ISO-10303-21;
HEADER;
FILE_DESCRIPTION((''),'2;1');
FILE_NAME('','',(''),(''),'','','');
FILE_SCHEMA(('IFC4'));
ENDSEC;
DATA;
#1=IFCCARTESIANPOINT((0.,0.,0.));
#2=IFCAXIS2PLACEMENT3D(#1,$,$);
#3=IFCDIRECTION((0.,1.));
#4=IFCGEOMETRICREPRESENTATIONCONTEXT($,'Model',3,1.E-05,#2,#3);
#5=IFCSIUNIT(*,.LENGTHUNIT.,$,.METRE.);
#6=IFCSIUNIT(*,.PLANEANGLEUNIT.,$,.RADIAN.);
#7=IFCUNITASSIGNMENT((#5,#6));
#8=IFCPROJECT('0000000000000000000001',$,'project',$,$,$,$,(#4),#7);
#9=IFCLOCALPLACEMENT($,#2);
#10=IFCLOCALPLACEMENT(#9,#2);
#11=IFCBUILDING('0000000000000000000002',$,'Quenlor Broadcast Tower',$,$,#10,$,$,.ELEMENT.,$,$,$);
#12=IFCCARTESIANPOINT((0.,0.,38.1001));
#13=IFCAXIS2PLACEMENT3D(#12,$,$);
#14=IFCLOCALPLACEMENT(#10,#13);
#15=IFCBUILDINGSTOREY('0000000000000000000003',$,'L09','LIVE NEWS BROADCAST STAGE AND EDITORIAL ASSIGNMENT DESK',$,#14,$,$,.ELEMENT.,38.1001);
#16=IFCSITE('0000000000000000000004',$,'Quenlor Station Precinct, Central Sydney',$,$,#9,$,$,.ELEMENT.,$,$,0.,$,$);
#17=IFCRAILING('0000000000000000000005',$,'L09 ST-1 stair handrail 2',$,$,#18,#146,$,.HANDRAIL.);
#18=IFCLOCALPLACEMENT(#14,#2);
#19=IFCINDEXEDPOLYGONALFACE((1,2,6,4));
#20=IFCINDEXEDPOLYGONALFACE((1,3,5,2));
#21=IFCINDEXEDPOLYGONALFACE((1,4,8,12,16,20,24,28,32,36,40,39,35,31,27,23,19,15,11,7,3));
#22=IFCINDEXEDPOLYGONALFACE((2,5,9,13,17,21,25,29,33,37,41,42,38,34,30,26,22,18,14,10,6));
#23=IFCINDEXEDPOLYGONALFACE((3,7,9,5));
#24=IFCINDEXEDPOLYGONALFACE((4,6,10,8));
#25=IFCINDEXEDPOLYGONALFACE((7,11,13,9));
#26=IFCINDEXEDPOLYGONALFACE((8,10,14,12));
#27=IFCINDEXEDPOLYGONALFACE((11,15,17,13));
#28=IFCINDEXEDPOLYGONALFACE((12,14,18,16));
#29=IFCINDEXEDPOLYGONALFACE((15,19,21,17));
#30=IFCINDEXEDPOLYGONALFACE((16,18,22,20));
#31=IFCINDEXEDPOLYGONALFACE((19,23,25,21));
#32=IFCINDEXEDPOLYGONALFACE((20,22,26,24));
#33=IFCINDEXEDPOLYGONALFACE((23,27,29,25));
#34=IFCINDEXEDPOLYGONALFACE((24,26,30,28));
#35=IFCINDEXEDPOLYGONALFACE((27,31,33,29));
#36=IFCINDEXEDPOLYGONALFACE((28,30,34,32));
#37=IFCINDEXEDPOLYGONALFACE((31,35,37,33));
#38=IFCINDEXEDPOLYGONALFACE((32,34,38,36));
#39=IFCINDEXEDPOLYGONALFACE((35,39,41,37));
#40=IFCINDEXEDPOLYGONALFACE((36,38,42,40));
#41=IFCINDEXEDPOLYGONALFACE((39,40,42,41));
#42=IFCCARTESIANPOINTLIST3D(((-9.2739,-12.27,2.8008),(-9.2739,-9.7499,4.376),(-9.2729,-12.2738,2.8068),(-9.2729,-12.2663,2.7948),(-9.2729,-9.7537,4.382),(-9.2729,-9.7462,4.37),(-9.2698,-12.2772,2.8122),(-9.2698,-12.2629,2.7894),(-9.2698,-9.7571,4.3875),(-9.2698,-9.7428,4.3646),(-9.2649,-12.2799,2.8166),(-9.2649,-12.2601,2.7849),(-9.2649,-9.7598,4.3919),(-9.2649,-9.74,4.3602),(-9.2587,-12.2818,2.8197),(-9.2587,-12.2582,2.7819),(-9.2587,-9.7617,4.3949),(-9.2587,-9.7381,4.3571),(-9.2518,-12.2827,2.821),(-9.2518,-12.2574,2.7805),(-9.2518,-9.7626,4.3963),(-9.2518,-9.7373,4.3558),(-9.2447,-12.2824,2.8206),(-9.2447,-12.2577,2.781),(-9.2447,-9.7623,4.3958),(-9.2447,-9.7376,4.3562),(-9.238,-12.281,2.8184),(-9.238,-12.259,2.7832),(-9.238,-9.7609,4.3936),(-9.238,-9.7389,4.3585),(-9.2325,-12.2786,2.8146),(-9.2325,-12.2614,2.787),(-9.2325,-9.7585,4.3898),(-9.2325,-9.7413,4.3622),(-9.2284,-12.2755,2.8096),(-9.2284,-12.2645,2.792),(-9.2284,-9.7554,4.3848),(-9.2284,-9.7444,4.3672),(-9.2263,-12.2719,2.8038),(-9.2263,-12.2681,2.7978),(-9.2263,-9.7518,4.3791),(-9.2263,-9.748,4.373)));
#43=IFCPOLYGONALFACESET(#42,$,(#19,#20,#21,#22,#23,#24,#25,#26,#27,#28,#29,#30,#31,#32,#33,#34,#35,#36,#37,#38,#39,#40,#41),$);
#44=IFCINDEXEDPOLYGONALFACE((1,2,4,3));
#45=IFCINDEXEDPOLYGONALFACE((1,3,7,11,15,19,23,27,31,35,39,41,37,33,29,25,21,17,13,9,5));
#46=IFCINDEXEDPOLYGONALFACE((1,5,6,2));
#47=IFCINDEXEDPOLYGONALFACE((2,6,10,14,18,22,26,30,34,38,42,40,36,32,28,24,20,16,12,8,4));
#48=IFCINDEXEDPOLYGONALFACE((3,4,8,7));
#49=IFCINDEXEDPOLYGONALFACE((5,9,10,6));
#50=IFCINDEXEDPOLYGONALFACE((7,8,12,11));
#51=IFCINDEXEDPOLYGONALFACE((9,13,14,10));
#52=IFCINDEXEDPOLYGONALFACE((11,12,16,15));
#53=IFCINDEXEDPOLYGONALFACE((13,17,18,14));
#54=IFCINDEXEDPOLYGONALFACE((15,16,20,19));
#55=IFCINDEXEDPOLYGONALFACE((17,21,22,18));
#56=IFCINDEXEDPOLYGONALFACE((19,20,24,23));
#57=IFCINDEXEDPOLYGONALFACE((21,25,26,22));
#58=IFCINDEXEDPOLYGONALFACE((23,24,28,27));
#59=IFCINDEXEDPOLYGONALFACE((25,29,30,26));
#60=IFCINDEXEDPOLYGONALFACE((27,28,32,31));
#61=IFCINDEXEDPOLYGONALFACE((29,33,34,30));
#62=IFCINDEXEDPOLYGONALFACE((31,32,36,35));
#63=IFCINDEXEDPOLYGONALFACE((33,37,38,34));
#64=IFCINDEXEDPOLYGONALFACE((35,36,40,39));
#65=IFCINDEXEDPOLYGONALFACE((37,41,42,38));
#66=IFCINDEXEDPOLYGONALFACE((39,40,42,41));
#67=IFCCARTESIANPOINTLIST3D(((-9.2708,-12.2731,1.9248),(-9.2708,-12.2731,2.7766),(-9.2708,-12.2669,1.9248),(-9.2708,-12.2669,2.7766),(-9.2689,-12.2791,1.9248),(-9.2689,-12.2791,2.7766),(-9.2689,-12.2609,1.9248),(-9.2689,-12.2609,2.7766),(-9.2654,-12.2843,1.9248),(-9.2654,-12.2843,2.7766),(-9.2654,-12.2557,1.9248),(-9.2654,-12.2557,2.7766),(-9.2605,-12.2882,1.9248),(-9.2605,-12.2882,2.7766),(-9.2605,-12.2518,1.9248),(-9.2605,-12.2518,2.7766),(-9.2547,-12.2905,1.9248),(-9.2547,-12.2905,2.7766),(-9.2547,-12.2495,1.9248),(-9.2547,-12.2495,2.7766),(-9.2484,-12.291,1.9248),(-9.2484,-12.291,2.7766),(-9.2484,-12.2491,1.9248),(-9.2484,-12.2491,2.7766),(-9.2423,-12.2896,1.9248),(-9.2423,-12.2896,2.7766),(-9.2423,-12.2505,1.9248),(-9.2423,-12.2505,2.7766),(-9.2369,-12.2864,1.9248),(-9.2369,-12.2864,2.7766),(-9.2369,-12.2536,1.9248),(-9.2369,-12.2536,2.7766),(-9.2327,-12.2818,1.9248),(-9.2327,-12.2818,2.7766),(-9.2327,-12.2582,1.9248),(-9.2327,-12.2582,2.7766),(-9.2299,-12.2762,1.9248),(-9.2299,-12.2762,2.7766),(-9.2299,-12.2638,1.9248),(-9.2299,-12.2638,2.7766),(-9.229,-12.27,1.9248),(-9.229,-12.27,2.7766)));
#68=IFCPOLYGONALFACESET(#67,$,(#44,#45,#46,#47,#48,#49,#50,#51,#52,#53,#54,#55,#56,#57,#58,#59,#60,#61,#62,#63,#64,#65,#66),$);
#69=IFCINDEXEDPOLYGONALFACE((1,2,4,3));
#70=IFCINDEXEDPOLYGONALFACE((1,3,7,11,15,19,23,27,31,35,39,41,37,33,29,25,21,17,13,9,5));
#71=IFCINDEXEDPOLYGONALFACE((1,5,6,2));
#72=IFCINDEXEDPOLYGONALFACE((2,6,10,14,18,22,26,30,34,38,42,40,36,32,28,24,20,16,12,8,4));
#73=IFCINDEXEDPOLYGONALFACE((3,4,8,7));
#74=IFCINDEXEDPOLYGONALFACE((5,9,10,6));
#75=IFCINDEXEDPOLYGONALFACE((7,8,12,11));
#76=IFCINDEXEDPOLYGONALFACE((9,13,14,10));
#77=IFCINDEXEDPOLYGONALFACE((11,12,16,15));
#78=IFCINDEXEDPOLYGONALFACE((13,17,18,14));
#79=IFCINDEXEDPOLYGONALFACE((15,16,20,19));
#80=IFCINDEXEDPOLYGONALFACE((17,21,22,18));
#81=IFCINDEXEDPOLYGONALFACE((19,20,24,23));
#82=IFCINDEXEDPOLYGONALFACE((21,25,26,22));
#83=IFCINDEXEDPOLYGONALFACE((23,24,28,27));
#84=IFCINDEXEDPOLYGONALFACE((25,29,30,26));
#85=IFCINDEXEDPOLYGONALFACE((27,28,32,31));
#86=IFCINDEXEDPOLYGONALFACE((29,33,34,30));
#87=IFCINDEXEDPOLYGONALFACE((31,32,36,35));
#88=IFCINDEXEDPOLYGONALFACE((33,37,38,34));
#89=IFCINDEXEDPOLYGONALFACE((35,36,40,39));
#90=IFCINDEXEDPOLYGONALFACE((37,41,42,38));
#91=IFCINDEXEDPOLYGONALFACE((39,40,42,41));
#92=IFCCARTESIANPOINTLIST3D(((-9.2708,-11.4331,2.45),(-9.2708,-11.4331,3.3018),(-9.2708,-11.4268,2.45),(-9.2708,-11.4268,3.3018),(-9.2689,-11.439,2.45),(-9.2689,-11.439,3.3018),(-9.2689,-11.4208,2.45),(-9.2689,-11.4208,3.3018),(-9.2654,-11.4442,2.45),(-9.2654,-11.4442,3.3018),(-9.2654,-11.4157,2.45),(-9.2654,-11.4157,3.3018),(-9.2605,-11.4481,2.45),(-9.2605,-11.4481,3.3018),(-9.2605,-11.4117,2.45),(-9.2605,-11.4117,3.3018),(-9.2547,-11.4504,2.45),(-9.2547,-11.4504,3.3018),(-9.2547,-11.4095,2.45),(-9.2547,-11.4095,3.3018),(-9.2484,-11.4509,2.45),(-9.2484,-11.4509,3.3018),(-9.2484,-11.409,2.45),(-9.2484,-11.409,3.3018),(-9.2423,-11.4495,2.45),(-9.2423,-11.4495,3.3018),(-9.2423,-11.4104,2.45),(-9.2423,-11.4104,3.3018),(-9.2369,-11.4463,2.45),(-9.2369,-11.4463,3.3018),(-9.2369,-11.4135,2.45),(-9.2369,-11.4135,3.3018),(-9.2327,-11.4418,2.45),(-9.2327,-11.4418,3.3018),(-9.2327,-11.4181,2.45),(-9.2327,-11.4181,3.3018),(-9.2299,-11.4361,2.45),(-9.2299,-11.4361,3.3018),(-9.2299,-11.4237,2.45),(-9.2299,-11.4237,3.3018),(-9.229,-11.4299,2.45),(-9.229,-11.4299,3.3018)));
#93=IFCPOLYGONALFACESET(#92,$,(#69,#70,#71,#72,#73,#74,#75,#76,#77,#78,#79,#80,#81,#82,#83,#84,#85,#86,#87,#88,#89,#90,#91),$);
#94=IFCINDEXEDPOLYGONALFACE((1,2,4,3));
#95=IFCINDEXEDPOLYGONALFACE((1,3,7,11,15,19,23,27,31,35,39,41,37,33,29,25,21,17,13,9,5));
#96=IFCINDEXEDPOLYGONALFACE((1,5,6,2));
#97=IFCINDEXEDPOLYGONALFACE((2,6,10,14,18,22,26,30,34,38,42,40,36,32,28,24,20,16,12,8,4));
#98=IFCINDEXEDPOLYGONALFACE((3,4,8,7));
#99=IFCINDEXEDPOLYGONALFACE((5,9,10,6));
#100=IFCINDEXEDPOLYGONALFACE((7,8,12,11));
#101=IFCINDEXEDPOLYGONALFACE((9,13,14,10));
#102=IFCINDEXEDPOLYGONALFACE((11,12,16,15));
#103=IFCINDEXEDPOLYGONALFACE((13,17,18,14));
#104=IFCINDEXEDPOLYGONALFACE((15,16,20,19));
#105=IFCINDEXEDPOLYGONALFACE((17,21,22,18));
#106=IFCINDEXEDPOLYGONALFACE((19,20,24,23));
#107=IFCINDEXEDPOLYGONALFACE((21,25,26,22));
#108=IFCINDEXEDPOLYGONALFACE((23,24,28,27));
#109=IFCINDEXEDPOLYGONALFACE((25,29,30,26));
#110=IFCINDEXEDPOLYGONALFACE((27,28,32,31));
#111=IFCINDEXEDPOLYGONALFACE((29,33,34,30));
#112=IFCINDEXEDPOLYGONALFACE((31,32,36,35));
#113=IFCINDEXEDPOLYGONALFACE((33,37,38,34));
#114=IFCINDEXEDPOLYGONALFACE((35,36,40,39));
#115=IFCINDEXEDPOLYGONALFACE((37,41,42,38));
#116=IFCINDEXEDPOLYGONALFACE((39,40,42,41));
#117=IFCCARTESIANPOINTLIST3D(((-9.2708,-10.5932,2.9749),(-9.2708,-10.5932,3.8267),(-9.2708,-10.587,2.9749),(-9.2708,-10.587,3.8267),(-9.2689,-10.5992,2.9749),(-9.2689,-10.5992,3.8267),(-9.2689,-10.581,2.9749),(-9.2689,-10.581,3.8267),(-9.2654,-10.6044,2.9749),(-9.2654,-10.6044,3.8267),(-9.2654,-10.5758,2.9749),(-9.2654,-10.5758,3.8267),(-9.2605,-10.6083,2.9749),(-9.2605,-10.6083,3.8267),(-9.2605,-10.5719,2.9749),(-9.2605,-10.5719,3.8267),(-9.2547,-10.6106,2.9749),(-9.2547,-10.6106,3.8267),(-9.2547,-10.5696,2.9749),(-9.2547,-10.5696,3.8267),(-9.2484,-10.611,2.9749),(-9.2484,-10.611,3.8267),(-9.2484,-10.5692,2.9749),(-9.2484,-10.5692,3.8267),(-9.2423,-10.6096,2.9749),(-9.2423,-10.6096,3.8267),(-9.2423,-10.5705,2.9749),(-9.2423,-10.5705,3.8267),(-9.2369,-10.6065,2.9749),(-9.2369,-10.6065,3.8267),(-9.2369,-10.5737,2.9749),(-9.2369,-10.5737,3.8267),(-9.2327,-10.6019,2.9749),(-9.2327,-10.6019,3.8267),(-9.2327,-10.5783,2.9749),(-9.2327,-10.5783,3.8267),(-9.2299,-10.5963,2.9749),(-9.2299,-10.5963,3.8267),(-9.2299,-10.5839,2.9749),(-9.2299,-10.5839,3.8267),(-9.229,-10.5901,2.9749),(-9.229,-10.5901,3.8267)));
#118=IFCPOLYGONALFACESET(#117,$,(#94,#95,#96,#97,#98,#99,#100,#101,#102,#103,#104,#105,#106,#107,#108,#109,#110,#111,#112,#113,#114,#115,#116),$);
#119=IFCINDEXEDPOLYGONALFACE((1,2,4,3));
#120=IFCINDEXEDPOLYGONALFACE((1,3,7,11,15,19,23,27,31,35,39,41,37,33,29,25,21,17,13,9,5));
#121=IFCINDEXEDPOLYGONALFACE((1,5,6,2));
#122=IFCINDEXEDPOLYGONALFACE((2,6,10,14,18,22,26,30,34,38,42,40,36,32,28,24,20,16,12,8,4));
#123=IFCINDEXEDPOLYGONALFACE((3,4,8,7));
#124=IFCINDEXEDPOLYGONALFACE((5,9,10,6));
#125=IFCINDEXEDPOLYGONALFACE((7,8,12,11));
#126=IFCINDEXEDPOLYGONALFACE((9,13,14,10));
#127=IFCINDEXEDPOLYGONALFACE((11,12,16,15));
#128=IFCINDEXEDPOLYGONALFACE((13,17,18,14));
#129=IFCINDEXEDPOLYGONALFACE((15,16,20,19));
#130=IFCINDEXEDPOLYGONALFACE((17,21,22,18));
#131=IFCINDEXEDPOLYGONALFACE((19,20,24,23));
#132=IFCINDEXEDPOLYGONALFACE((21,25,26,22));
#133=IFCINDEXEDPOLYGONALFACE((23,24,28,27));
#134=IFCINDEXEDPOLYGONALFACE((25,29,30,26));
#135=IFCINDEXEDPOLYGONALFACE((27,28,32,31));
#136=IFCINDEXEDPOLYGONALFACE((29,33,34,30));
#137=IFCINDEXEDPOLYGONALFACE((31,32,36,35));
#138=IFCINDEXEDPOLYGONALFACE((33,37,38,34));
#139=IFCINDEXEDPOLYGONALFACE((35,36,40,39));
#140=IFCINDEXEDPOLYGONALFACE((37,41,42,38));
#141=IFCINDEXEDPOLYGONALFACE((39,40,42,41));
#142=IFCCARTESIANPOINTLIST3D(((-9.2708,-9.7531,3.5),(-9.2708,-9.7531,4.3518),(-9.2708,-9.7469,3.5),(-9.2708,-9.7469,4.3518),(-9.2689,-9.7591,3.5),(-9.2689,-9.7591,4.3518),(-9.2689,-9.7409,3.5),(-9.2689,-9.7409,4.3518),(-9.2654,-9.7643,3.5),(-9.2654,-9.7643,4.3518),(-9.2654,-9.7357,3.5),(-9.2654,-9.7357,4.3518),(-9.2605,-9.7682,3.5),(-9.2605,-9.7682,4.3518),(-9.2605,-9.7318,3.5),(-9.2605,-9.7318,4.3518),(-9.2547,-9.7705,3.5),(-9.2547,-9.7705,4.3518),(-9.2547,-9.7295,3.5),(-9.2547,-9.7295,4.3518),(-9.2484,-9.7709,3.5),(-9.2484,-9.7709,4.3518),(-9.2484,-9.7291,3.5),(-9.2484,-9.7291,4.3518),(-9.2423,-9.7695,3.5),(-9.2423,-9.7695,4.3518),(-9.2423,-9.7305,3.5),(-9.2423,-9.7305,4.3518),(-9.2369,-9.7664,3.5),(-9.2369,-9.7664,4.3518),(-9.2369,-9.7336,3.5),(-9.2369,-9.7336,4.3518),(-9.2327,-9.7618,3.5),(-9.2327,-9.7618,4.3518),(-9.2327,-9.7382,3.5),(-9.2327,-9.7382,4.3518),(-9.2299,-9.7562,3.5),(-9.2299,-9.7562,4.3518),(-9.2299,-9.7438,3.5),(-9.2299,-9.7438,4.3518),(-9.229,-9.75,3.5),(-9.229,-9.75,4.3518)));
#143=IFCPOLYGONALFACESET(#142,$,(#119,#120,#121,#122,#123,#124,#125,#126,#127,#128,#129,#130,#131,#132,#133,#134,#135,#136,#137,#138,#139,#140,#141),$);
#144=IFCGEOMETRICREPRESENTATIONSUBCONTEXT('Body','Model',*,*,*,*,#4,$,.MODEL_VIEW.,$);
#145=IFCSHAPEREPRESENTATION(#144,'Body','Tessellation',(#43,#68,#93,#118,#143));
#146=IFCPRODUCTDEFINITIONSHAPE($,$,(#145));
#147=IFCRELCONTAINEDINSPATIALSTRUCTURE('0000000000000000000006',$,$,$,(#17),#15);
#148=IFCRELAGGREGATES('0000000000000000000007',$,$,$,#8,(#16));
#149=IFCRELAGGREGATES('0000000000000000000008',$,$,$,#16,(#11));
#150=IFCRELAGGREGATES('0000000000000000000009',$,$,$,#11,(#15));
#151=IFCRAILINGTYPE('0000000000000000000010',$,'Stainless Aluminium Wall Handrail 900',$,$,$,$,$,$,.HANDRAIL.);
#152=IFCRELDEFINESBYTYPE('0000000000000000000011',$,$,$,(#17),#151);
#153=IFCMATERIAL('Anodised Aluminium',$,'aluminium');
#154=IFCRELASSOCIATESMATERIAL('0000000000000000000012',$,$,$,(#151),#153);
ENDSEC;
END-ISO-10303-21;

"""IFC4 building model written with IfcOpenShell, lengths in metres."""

from ifc_helpers import new_model, si_unit, direction, frame, origin, origin_2d, place, context, subcontext, project, spatial, circle, extrude, material, type_object, element, save


model = new_model("IFC4")

# Units and contexts
model_context = context("Model", 3, precision=1e-05, world=origin(), true_north=direction((0.0, 1.0)))
body_context = subcontext(model_context, "Body", "Model", "MODEL_VIEW")
ifc_project = project(units=[si_unit("LENGTHUNIT", "METRE"), si_unit("PLANEANGLEUNIT", "RADIAN")], contexts=[model_context])

# Site, building, storey
site_placement = place(None, origin())
site = spatial("IfcSite", under=ifc_project, at=site_placement, Name="Quenlor Station Precinct, Central Sydney", CompositionType="ELEMENT", RefElevation=0.0)
building_placement = place(site_placement, origin())
building = spatial("IfcBuilding", under=site, at=building_placement, Name="Quenlor Broadcast Tower", CompositionType="ELEMENT")
storey_placement = place(building_placement, frame((0.0, 0.0, 38.1001)))
storey = spatial("IfcBuildingStorey", under=building, at=storey_placement, Name="L09", Description="LIVE NEWS BROADCAST STAGE AND EDITORIAL ASSIGNMENT DESK", CompositionType="ELEMENT", Elevation=38.1001)

# Railing
ifc_material_1 = material(Name="Anodised Aluminium", Category="aluminium")
railing_type_1 = type_object("IfcRailingType", Name="Stainless Aluminium Wall Handrail 900", PredefinedType="HANDRAIL", material=ifc_material_1)
railing_1_placement = place(storey_placement, frame((-9.25, -12.27, 1.9248)))
element("IfcRailing", 1, at=railing_1_placement, inside=storey, type_object=railing_type_1, Name="L09 ST-1 stair handrail 2", PredefinedType="HANDRAIL", context=body_context, shape_type="SweptSolid", body=[
    extrude(circle(Radius=0.0239, at=origin_2d()), frame((0.0, 0.0, 0.876), z_axis=(0.0, 0.847971, 0.530043), x_axis=(-1.0, 0.0, 0.0)), (0.0, 0.0, 1.0), 2.9719),
    extrude(circle(Radius=0.021, at=origin_2d()), origin(), (0.0, 0.0, 1.0), 0.8518),
    extrude(circle(Radius=0.021, at=origin_2d()), frame((0.0, 0.8401, 0.5251)), (0.0, 0.0, 1.0), 0.8518),
    extrude(circle(Radius=0.021, at=origin_2d()), frame((0.0, 1.6799, 1.05)), (0.0, 0.0, 1.0), 0.8518),
    extrude(circle(Radius=0.021, at=origin_2d()), frame((0.0, 2.52, 1.5752)), (0.0, 0.0, 1.0), 0.8518),
])

save(model, "model.ifc")
